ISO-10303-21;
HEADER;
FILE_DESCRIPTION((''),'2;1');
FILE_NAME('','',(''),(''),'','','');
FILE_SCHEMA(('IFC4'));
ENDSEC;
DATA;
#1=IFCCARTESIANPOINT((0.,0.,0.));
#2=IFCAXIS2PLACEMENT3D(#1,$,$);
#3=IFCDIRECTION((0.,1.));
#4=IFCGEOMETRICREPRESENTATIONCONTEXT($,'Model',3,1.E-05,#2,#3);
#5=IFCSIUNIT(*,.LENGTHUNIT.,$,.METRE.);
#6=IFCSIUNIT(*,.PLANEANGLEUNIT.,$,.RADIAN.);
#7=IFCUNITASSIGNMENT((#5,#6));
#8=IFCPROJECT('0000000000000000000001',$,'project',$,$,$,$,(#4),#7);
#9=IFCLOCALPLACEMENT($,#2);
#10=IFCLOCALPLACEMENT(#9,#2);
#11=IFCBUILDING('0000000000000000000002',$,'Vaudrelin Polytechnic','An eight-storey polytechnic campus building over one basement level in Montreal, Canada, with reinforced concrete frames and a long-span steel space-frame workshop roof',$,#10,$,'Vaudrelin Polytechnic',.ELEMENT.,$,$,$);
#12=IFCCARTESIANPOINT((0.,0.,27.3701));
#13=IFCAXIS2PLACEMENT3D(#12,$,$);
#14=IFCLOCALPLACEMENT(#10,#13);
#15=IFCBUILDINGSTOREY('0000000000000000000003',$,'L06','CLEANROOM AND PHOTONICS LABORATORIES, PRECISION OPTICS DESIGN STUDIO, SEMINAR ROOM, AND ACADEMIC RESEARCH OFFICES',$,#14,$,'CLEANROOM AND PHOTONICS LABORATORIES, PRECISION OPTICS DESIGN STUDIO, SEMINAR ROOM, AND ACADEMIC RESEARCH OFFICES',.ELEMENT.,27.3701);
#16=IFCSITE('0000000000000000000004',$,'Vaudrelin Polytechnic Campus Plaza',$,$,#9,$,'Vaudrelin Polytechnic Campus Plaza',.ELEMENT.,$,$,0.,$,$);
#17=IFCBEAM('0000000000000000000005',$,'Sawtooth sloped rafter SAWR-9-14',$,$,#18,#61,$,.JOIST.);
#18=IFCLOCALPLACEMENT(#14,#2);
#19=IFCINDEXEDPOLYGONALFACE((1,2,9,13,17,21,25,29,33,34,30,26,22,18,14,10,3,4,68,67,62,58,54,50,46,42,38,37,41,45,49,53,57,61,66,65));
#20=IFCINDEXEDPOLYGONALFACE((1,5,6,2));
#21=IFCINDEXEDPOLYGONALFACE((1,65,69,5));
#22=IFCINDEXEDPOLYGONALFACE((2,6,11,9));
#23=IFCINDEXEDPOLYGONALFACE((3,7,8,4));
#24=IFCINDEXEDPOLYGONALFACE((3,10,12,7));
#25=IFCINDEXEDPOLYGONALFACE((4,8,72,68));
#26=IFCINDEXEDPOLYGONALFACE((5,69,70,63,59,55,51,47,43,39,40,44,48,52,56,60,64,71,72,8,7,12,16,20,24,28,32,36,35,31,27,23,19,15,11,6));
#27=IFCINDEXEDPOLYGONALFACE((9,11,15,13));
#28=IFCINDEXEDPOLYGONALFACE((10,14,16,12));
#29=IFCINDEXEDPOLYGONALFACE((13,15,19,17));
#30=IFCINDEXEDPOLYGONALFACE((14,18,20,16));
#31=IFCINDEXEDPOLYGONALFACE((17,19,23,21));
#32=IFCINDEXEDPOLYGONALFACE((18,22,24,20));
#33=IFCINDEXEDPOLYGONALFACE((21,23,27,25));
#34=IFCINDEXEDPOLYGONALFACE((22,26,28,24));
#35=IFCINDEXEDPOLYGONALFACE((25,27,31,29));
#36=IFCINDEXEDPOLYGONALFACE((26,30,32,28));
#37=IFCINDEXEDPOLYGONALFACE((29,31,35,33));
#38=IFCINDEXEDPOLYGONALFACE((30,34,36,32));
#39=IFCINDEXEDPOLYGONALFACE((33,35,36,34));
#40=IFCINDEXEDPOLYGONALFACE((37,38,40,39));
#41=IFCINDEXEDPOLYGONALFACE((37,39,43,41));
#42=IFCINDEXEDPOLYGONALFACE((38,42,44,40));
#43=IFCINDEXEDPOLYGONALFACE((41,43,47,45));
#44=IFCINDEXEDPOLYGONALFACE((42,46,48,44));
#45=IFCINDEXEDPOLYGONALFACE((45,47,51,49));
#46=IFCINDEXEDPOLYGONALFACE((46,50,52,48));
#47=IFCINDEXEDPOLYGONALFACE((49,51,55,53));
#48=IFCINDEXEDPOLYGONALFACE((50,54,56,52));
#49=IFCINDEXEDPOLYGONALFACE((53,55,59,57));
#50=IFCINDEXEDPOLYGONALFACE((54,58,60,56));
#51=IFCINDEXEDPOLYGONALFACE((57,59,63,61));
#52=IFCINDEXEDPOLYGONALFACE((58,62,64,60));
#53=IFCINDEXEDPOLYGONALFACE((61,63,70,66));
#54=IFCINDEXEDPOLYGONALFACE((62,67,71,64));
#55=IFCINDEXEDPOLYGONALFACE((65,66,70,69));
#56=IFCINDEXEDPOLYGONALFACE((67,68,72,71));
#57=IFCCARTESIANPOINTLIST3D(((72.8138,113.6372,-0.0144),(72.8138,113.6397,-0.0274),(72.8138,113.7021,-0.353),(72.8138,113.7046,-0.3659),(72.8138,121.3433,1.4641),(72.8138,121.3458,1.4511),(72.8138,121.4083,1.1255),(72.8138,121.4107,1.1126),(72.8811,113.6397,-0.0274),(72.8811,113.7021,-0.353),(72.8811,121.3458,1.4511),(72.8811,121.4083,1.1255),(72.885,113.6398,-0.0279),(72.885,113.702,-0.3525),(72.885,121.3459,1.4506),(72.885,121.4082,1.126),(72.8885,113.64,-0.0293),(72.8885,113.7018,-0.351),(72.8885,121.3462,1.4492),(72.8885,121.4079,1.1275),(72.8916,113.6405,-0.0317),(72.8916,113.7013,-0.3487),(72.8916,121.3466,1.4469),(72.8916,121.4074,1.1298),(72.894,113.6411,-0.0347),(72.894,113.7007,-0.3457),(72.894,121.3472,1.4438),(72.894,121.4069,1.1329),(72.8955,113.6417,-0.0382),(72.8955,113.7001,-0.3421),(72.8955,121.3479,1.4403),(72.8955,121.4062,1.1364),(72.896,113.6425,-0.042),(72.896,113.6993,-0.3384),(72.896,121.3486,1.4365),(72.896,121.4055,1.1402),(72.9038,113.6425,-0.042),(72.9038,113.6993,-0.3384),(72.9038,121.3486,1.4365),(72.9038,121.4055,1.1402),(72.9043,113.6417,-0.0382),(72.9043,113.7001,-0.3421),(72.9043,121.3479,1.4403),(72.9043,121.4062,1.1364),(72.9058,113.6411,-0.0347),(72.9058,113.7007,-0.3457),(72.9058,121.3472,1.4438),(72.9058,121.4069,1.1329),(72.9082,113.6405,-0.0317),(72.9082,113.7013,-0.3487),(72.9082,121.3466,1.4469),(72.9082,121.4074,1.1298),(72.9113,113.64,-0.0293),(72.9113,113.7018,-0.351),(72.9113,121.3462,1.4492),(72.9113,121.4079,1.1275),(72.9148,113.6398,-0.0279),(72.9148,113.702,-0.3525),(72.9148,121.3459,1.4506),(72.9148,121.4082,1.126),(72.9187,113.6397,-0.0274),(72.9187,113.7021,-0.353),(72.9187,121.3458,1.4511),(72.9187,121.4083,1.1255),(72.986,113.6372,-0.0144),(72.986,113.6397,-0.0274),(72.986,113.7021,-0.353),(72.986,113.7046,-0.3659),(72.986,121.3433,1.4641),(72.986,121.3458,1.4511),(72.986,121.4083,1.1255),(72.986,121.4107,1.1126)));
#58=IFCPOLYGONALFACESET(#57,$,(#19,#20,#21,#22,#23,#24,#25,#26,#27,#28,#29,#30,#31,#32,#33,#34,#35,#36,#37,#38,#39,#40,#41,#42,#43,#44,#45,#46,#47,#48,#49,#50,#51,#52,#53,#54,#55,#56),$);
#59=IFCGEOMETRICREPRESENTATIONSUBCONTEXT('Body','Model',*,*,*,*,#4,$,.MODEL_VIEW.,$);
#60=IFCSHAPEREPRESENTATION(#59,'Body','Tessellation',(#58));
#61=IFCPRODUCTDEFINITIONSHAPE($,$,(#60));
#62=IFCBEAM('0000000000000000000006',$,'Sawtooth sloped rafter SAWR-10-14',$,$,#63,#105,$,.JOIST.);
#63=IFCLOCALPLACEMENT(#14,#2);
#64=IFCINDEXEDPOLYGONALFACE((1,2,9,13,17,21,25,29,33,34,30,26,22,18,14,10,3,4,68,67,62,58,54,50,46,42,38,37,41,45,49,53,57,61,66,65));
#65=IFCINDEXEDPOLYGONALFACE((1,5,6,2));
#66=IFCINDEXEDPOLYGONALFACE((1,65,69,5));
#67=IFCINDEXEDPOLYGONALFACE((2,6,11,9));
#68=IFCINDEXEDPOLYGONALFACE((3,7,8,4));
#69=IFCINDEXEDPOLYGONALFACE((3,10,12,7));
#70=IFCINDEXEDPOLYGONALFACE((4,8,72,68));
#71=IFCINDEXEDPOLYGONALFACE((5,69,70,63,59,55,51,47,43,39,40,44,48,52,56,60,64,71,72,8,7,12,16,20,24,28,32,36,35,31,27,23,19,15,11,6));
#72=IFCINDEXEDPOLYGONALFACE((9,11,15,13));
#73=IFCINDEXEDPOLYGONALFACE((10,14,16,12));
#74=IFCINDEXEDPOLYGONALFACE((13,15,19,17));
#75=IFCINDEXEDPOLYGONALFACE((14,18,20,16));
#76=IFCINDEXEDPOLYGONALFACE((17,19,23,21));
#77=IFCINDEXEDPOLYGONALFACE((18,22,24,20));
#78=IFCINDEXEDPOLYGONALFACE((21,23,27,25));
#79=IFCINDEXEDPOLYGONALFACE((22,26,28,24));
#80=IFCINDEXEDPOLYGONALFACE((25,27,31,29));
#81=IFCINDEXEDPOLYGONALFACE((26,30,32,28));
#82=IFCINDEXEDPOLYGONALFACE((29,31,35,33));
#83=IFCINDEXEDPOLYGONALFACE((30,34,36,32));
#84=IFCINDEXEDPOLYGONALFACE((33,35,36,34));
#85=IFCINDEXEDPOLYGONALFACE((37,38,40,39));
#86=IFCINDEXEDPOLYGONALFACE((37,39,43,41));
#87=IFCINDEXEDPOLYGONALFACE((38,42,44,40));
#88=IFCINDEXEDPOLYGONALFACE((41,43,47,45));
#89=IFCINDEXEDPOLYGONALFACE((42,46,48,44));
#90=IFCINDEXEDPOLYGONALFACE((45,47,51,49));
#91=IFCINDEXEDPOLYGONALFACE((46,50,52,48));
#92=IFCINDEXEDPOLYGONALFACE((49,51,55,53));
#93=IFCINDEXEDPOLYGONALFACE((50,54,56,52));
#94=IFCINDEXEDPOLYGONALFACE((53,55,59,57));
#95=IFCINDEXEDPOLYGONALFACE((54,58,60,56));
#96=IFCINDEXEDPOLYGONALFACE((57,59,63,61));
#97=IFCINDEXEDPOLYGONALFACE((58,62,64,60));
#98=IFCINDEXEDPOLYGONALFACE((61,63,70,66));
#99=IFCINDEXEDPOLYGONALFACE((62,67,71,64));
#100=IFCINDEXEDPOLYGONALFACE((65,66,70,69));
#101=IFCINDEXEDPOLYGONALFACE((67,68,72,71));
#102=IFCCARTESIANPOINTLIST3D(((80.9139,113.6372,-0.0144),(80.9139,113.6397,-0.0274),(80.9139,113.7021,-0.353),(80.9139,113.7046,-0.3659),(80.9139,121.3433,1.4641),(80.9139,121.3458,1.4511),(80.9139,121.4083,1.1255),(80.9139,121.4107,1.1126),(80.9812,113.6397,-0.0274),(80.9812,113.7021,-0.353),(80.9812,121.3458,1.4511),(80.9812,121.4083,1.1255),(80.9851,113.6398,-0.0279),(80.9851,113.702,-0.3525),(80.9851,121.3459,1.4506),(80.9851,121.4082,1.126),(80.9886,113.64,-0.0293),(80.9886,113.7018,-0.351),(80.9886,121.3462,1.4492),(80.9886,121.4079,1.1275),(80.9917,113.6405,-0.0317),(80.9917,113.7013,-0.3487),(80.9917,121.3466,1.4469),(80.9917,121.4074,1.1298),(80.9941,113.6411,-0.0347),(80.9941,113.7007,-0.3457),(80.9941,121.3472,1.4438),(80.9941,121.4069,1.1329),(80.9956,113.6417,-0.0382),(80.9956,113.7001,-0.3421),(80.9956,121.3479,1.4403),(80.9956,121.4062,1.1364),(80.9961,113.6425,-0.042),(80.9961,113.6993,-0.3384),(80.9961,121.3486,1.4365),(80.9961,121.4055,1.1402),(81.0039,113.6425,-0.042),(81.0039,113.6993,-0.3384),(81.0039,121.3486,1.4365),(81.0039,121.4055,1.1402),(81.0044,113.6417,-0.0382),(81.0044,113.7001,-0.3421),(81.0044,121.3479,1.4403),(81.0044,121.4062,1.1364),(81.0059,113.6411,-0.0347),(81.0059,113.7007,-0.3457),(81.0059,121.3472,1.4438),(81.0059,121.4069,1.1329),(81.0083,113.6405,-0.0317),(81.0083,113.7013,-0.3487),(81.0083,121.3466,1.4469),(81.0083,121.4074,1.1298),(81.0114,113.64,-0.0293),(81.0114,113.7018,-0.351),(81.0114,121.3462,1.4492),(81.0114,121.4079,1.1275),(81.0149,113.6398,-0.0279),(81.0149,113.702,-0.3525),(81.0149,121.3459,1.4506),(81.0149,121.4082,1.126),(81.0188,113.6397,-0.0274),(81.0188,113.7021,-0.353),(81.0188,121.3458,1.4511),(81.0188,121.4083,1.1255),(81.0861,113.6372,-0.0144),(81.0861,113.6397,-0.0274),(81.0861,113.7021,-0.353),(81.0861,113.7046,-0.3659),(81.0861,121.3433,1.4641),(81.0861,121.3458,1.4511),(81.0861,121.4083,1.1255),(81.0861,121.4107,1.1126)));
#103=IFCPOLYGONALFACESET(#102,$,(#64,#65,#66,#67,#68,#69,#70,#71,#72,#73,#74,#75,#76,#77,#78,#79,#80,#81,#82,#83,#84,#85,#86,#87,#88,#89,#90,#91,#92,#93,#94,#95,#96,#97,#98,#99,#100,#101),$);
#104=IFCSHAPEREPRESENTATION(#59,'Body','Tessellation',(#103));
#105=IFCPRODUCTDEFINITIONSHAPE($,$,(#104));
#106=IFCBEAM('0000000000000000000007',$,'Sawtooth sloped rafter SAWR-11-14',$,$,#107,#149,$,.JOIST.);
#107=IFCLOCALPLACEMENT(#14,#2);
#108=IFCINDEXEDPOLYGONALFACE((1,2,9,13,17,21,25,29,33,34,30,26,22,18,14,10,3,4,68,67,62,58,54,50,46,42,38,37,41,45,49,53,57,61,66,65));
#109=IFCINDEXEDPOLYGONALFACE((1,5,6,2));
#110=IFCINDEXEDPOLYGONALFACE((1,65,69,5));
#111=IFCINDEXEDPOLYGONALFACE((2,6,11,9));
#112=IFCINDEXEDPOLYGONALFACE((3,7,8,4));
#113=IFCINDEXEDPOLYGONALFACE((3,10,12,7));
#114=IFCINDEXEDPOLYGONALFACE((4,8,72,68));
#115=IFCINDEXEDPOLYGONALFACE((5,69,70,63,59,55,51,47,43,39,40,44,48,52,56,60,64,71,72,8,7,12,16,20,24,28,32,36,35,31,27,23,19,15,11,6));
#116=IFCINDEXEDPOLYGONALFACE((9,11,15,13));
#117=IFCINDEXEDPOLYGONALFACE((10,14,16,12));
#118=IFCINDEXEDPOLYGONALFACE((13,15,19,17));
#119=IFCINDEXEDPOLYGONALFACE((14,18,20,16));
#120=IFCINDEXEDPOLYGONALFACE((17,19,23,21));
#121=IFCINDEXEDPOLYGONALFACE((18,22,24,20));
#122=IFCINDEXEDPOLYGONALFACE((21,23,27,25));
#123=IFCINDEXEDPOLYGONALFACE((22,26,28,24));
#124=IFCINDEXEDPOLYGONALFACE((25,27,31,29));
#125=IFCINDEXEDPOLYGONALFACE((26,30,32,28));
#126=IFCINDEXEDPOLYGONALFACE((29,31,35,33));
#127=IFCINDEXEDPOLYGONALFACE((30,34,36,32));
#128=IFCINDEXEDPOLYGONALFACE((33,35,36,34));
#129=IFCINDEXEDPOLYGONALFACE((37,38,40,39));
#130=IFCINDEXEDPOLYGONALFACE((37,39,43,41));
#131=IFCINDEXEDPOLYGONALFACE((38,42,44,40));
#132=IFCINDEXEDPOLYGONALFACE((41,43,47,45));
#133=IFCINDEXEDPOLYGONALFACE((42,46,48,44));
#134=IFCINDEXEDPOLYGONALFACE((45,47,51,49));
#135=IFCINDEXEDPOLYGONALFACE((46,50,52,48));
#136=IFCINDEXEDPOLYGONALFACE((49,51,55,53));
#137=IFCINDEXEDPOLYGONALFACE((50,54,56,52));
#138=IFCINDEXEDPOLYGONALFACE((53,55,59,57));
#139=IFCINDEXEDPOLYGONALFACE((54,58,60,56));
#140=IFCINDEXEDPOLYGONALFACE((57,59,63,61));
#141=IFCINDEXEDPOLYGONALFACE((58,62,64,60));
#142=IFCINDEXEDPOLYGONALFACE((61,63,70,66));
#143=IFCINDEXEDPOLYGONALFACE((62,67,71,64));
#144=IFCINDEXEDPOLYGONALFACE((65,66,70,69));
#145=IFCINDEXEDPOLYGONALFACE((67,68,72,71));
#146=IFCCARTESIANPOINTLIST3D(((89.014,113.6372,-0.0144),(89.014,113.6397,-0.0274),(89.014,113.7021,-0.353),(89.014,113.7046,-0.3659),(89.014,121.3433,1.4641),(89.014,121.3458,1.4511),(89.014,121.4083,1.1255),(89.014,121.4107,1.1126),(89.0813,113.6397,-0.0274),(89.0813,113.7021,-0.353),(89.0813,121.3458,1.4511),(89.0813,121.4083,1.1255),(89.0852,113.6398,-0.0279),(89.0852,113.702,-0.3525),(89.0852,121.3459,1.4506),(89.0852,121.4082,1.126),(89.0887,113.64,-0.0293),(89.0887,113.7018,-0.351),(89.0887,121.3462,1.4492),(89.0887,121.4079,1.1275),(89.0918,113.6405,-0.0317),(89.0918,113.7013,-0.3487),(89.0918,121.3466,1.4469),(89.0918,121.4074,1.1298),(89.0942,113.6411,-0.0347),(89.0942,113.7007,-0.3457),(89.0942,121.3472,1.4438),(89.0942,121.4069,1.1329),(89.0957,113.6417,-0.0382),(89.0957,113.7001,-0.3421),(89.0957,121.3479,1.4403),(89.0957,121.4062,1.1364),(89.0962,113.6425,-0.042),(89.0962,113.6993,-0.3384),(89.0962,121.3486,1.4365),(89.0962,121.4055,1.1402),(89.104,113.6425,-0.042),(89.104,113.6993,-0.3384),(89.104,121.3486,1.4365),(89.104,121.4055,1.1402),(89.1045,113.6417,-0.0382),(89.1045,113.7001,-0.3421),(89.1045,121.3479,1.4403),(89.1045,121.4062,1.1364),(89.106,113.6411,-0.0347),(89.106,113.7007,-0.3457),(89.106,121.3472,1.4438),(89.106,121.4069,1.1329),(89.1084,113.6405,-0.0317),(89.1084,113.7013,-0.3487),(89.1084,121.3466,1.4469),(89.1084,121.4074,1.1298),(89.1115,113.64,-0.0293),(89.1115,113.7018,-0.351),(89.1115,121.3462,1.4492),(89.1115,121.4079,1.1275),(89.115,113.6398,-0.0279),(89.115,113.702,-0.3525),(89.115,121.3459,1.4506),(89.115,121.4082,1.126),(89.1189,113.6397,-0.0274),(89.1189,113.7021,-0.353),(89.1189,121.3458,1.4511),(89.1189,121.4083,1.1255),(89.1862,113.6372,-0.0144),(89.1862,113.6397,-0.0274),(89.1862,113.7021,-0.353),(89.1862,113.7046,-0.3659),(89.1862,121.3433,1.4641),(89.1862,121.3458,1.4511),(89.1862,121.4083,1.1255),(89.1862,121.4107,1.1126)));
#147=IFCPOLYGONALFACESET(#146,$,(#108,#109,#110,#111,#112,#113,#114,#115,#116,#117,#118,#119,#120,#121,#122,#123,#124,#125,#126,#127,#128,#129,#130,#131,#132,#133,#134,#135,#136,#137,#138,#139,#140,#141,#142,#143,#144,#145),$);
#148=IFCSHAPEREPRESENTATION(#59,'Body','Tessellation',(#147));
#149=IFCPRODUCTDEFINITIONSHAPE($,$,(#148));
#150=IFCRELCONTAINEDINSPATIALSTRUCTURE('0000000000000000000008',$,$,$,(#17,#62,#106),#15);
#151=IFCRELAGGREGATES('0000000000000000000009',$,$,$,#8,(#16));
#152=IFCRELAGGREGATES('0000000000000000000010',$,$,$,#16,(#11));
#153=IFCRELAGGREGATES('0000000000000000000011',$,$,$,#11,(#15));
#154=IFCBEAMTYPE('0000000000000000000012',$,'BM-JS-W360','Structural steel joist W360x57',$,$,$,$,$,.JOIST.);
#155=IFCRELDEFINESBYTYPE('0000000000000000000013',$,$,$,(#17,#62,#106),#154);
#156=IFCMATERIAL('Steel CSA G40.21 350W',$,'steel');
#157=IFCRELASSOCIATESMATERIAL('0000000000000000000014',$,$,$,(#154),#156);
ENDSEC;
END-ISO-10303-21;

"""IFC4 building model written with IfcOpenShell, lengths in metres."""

from ifc_helpers import new_model, si_unit, direction, frame, origin, origin_2d, place, context, subcontext, project, spatial, i_section, extrude, material, material_profile, profile_set, type_object, element, save


model = new_model("IFC4")

# Units and contexts
model_context = context("Model", 3, precision=1e-05, world=origin(), true_north=direction((0.0, 1.0)))
body_context = subcontext(model_context, "Body", "Model", "MODEL_VIEW")
ifc_project = project(units=[si_unit("LENGTHUNIT", "METRE"), si_unit("PLANEANGLEUNIT", "RADIAN")], contexts=[model_context])

# Site, building, storey
site_placement = place(None, origin())
site = spatial("IfcSite", under=ifc_project, at=site_placement, Name="Vaudrelin Polytechnic Campus Plaza", LongName="Vaudrelin Polytechnic Campus Plaza", CompositionType="ELEMENT", RefElevation=0.0)
building_placement = place(site_placement, origin())
building = spatial("IfcBuilding", under=site, at=building_placement, Name="Vaudrelin Polytechnic", Description="An eight-storey polytechnic campus building over one basement level in Montreal, Canada, with reinforced concrete frames and a long-span steel space-frame workshop roof", LongName="Vaudrelin Polytechnic", CompositionType="ELEMENT")
storey_placement = place(building_placement, frame((0.0, 0.0, 27.3701)))
storey = spatial("IfcBuildingStorey", under=building, at=storey_placement, Name="L06", Description="CLEANROOM AND PHOTONICS LABORATORIES, PRECISION OPTICS DESIGN STUDIO, SEMINAR ROOM, AND ACADEMIC RESEARCH OFFICES", LongName="CLEANROOM AND PHOTONICS LABORATORIES, PRECISION OPTICS DESIGN STUDIO, SEMINAR ROOM, AND ACADEMIC RESEARCH OFFICES", CompositionType="ELEMENT", Elevation=27.3701)

# Shared definitions
ifc_material_1 = material(Name="Steel CSA G40.21 350W", Category="steel")

# Beams
ifc_material_profile_1 = material_profile(ifc_material_1, i_section(OverallWidth=0.1721, OverallDepth=0.3579, WebThickness=0.0078, FlangeThickness=0.0132, FilletRadius=0.0149, at=origin_2d()), Name="W360x57")
ifc_profile_set_1 = profile_set([ifc_material_profile_1], Name="Steel CSA G40.21 350W")
beam_type = type_object("IfcBeamType", Name="BM-JS-W360", Description="Structural steel joist W360x57", PredefinedType="JOIST", material=ifc_profile_set_1)
for number, where, z_axis, x_axis, name in (
    (1, (72.8999, 113.6709, -0.1902), (0.0, 0.982087, 0.188427), (-1.0, 0.0, 0.0), "Sawtooth sloped rafter SAWR-9-14"),
    (2, (81.0, 113.6709, -0.1902), (0.0, 0.982087, 0.188427), (-1.0, 0.0, 0.0), "Sawtooth sloped rafter SAWR-10-14"),
    (3, (89.1001, 113.6709, -0.1902), (0.0, 0.982087, 0.188427), (-1.0, 0.0, 0.0), "Sawtooth sloped rafter SAWR-11-14"),
):
    element("IfcBeam", number, at=place(storey_placement, frame(where, z_axis=z_axis, x_axis=x_axis)), inside=storey, type_object=beam_type, Name=name, PredefinedType="JOIST", context=body_context, shape_type="SweptSolid", body=[
        extrude(i_section(OverallWidth=0.1721, OverallDepth=0.3579, WebThickness=0.0078, FlangeThickness=0.0132, FilletRadius=0.0149, at=origin_2d()), origin(), (0.0, 0.0, 1.0), 7.8467),
    ])

save(model, "model.ifc")
